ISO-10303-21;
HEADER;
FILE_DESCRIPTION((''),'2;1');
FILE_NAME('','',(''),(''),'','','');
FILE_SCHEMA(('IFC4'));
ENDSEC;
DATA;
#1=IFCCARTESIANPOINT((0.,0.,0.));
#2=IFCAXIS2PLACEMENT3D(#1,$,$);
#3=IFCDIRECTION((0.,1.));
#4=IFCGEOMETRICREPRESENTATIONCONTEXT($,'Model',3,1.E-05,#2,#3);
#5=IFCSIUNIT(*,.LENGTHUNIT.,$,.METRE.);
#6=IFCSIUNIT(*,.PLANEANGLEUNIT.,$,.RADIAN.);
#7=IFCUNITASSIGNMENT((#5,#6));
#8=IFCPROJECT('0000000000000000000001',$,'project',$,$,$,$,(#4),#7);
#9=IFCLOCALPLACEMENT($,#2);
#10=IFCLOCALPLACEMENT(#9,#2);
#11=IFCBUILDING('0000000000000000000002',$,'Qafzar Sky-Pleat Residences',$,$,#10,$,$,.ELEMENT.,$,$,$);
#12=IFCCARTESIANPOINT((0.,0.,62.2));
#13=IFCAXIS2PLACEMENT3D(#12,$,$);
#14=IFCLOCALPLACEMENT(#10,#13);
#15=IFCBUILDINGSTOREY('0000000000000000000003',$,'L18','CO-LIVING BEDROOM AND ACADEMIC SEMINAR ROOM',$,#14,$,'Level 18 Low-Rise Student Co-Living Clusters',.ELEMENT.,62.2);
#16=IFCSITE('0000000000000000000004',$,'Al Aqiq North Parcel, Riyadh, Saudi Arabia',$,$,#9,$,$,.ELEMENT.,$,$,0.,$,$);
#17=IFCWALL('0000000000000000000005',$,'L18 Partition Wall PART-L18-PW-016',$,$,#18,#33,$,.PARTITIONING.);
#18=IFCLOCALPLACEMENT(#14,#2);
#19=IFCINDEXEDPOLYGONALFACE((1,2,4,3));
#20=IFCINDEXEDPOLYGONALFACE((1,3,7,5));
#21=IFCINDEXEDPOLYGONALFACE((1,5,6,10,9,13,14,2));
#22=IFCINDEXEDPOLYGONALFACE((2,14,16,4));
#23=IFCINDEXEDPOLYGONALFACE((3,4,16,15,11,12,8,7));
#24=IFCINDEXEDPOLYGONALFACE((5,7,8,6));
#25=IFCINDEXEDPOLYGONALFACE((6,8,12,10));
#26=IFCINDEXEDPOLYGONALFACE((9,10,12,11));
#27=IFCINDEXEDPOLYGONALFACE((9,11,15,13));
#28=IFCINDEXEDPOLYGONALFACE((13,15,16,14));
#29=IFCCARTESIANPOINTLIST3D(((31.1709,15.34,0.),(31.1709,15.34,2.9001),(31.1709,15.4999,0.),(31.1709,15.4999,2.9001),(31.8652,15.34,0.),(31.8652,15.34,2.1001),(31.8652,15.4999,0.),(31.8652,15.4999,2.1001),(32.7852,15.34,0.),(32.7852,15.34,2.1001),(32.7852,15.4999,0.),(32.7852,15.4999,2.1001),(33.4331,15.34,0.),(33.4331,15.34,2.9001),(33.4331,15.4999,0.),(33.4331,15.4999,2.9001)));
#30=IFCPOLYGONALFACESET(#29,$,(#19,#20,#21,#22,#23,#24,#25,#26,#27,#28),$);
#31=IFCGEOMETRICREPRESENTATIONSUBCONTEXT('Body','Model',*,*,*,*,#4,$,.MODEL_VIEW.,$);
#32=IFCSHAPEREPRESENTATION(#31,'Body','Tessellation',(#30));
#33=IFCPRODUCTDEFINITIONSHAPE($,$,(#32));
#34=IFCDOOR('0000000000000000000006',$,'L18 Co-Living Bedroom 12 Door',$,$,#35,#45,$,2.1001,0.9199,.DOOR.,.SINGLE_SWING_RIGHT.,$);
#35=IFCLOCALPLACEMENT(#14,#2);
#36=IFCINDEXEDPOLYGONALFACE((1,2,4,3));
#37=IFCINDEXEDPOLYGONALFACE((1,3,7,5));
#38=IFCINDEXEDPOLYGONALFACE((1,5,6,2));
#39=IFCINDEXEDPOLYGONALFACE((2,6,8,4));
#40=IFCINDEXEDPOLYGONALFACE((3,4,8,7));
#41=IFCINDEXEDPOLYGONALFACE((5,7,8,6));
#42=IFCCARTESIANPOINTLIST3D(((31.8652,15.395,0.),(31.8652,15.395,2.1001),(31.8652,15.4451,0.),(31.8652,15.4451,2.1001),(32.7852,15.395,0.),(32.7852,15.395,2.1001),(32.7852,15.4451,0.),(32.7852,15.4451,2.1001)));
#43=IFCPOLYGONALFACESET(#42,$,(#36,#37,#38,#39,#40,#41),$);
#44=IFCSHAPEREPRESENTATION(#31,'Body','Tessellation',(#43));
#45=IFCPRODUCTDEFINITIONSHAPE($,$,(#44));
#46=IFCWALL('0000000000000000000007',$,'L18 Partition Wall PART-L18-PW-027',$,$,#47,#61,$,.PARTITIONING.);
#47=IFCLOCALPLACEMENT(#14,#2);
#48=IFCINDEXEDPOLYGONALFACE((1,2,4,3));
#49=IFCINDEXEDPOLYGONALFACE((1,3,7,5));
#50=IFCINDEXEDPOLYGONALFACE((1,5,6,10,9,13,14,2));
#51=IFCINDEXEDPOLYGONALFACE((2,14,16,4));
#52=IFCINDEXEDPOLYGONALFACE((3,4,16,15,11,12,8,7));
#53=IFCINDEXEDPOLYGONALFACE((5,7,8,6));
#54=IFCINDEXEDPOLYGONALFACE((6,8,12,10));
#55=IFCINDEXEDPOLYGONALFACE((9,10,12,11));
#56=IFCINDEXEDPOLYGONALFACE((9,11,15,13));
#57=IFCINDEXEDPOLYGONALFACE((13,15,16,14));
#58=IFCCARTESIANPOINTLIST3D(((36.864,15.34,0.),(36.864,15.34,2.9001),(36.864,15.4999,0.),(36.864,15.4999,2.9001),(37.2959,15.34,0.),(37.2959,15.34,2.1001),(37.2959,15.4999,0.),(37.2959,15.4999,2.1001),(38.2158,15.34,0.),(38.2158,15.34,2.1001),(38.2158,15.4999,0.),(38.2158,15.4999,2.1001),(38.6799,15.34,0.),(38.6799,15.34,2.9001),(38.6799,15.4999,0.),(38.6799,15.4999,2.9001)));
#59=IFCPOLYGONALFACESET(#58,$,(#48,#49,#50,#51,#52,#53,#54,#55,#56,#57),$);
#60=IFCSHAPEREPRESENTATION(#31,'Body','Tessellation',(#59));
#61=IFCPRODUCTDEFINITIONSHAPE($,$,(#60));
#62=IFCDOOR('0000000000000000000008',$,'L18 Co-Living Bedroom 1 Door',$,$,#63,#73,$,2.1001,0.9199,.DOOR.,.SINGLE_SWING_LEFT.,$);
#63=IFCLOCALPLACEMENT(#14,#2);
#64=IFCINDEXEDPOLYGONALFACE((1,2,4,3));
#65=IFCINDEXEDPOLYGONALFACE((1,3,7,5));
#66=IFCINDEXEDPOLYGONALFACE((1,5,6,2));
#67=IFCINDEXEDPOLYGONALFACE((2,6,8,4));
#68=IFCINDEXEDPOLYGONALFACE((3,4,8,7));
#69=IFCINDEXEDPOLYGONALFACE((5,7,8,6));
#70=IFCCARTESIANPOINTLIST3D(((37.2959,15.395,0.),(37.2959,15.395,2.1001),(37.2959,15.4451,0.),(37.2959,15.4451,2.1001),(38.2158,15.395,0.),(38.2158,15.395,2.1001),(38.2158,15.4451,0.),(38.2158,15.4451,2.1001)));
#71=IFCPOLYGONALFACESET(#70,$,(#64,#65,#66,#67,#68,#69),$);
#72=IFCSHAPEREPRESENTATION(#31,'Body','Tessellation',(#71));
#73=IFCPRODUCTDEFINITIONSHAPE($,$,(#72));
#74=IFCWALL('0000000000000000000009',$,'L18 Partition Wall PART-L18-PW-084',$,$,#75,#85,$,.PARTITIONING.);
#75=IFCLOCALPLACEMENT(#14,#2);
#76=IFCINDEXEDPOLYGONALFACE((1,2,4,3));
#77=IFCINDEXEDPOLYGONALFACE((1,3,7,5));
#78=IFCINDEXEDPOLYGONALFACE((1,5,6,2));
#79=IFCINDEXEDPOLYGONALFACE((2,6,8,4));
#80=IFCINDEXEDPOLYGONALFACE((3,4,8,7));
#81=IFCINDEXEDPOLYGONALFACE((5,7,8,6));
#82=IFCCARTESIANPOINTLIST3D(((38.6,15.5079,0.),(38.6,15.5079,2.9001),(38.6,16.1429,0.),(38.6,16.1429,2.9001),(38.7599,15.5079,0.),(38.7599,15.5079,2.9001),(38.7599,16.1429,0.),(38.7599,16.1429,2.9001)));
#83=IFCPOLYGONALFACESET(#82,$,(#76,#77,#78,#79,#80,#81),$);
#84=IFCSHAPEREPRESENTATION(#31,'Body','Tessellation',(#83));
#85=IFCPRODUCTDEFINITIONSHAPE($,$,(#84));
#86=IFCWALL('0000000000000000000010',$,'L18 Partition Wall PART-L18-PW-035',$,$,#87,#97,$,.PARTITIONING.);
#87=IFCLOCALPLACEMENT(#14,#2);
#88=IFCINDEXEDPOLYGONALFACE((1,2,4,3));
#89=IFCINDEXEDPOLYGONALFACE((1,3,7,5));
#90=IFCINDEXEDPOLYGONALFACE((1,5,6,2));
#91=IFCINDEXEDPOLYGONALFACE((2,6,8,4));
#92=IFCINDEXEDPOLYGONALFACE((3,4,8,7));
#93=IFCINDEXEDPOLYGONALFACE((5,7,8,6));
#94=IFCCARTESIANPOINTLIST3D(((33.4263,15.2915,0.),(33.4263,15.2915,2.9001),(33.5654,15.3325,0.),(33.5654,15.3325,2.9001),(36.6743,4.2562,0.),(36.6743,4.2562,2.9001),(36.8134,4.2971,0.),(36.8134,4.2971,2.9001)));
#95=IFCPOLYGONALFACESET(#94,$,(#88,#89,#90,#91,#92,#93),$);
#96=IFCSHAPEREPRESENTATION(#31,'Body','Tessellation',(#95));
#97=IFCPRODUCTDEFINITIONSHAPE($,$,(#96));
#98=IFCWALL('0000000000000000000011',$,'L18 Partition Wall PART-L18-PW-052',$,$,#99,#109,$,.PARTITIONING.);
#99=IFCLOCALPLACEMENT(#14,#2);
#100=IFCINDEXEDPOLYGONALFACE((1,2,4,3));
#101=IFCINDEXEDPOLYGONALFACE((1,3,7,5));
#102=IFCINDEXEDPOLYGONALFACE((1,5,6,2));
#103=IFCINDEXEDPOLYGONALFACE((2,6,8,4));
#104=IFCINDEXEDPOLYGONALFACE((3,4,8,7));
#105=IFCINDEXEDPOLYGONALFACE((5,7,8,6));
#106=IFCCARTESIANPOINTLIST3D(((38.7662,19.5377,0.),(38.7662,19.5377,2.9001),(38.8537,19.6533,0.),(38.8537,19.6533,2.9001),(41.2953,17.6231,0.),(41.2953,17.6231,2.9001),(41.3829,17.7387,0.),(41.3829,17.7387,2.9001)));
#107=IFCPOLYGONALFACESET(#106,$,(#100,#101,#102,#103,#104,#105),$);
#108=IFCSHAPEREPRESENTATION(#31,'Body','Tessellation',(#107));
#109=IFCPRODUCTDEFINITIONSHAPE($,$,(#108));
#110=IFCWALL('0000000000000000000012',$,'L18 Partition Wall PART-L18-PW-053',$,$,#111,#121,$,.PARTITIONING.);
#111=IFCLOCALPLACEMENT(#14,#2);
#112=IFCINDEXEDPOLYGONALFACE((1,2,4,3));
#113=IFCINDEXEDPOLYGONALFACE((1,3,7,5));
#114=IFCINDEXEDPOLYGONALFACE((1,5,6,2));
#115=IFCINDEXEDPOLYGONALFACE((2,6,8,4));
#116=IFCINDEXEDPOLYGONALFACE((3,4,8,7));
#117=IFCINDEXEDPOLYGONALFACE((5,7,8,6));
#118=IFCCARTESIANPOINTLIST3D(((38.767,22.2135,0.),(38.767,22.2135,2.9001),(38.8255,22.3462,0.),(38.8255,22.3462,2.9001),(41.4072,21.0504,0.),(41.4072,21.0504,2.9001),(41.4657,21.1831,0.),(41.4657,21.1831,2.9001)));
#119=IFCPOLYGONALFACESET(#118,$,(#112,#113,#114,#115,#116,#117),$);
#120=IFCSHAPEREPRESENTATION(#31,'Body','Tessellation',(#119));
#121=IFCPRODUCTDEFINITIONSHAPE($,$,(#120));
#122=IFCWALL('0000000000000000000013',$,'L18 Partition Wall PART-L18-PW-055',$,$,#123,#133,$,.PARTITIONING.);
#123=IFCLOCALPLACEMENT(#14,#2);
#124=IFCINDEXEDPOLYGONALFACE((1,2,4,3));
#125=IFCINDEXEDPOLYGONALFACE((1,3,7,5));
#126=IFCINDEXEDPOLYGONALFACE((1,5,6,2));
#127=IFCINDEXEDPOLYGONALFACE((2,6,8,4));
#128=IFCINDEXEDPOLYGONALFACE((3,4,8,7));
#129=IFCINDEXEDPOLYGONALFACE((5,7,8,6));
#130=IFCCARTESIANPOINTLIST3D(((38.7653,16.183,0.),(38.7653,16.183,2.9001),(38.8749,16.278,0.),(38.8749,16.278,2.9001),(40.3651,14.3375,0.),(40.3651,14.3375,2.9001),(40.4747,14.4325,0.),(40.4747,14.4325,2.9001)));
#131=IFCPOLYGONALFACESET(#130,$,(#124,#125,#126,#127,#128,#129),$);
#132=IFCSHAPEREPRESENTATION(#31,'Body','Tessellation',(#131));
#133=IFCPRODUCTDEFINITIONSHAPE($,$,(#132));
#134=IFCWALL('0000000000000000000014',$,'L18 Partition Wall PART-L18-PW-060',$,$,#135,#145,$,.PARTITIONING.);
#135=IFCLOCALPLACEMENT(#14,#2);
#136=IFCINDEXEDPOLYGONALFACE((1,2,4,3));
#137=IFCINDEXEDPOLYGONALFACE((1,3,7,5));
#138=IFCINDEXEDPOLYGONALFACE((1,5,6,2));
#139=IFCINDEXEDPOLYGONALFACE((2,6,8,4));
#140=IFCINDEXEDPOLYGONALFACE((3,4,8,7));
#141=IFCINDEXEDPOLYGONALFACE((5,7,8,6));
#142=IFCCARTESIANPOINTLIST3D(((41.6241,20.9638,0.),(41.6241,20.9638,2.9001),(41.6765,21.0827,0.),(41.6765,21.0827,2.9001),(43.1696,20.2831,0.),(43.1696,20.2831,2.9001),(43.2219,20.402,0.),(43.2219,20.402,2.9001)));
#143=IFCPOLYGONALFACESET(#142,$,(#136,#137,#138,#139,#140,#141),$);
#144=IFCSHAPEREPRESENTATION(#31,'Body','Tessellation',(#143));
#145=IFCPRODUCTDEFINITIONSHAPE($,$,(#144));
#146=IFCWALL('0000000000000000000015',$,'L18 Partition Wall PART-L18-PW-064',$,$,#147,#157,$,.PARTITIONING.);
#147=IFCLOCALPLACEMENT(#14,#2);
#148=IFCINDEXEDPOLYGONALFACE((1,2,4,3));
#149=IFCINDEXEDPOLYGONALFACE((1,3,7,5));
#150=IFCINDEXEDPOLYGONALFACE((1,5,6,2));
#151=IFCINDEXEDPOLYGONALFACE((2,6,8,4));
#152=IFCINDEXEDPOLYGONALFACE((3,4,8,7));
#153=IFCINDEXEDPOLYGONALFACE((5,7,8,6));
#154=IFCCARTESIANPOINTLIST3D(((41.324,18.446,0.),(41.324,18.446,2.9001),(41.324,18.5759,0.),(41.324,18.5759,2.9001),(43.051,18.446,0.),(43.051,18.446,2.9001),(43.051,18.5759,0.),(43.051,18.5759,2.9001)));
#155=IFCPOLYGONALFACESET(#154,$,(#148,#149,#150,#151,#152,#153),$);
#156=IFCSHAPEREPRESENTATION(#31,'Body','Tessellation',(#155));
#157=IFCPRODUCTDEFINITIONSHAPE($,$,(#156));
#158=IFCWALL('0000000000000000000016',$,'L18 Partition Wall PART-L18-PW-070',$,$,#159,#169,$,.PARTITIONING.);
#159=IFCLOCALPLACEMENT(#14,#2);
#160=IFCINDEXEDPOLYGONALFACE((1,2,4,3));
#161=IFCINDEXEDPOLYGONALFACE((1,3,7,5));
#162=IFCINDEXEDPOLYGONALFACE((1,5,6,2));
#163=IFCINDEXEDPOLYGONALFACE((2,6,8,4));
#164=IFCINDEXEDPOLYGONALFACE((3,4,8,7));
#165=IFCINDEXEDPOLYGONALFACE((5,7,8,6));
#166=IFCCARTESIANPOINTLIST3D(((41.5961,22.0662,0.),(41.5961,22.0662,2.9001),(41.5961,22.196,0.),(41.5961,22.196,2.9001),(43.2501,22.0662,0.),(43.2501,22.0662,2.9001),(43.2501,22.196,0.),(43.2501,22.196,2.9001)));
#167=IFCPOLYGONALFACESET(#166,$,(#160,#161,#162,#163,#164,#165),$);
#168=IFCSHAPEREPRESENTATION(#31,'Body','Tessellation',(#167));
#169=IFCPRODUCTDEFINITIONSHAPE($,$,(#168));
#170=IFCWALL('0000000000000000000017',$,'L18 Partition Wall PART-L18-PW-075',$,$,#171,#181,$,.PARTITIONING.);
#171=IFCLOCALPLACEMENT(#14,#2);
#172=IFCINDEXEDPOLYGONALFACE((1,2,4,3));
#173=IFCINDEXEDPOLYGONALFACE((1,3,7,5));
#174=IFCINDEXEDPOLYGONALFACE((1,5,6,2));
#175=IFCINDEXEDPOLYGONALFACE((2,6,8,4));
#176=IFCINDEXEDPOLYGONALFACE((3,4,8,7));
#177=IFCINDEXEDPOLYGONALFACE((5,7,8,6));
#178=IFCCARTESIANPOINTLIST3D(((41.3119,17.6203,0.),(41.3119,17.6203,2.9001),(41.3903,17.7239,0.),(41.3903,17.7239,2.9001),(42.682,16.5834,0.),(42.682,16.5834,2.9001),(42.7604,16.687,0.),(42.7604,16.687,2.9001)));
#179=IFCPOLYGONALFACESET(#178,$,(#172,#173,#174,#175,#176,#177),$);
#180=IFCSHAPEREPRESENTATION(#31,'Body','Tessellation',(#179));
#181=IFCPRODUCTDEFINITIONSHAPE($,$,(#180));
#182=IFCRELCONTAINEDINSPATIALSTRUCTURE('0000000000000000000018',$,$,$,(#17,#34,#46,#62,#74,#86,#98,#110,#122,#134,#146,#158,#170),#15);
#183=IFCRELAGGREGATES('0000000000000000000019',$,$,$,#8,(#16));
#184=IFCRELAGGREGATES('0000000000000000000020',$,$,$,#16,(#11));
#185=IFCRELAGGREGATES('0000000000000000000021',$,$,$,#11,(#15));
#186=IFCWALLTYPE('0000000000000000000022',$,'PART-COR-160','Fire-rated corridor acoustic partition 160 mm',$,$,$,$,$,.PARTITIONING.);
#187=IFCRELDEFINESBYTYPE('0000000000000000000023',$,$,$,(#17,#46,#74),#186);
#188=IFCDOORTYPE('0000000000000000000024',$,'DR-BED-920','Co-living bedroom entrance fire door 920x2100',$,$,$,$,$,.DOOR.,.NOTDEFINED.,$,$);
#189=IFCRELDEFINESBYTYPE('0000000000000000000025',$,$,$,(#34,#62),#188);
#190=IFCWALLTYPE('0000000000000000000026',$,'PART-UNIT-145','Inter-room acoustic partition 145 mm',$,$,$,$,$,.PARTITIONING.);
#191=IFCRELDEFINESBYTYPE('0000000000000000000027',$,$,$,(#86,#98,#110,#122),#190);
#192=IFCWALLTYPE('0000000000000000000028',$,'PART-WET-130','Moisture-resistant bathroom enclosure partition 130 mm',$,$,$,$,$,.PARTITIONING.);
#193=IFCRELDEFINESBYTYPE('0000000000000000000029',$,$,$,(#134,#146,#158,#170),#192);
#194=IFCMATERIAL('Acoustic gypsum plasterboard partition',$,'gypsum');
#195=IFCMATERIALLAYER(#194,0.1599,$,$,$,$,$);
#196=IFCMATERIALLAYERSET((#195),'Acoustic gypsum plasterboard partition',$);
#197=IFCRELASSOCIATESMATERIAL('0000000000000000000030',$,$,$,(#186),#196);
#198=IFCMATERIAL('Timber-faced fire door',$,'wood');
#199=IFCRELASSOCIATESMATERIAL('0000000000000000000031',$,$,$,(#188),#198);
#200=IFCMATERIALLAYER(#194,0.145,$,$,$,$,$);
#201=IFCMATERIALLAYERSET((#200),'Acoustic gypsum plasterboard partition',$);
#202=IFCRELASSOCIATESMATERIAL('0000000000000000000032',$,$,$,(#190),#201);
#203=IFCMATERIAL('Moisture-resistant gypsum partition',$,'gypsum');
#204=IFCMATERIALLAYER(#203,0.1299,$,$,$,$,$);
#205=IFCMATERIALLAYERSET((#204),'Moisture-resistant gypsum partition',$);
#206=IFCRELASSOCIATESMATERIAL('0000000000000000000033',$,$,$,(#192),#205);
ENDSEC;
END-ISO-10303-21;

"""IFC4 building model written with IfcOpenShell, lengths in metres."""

from ifc_helpers import new_model, si_unit, direction, frame, frame_2d, origin, place, context, subcontext, project, spatial, rectangle, extrude, source, transform, mapped, material, layer, layer_set, type_object, element, fill, save


model = new_model("IFC4")

# Units and contexts
model_context = context("Model", 3, precision=1e-05, world=origin(), true_north=direction((0.0, 1.0)))
body_context = subcontext(model_context, "Body", "Model", "MODEL_VIEW")
ifc_project = project(units=[si_unit("LENGTHUNIT", "METRE"), si_unit("PLANEANGLEUNIT", "RADIAN")], contexts=[model_context])

# Site, building, storey
site_placement = place(None, origin())
site = spatial("IfcSite", under=ifc_project, at=site_placement, Name="Al Aqiq North Parcel, Riyadh, Saudi Arabia", CompositionType="ELEMENT", RefElevation=0.0)
building_placement = place(site_placement, origin())
building = spatial("IfcBuilding", under=site, at=building_placement, Name="Qafzar Sky-Pleat Residences", CompositionType="ELEMENT")
storey_placement = place(building_placement, frame((0.0, 0.0, 62.2)))
storey = spatial("IfcBuildingStorey", under=building, at=storey_placement, Name="L18", Description="CO-LIVING BEDROOM AND ACADEMIC SEMINAR ROOM", LongName="Level 18 Low-Rise Student Co-Living Clusters", CompositionType="ELEMENT", Elevation=62.2)

# Walls, openings, doors
ifc_material_1 = material(Name="Acoustic gypsum plasterboard partition", Category="gypsum")
ifc_layer_1 = layer(ifc_material_1, 0.1599)
ifc_layer_set_1 = layer_set([ifc_layer_1], Name="Acoustic gypsum plasterboard partition")
wall_type_1 = type_object("IfcWallType", Name="PART-COR-160", Description="Fire-rated corridor acoustic partition 160 mm", PredefinedType="PARTITIONING", material=ifc_layer_set_1)
ifc_material_2 = material(Name="Timber-faced fire door", Category="wood")
door_type_1 = type_object("IfcDoorType", Name="DR-BED-920", Description="Co-living bedroom entrance fire door 920x2100", OperationType="NOTDEFINED", PredefinedType="DOOR", material=ifc_material_2)
shared_shape_1 = source(origin(), body_context, "Body", "SweptSolid", [
    extrude(rectangle(XDim=0.9199, YDim=2.1001, at=frame_2d((0.46, 1.05))), frame((0.0, 0.0249, 0.0), z_axis=(0.0, -1.0, 0.0), x_axis=(1.0, 0.0, 0.0)), (0.0, 0.0, 1.0), 0.05),
])
wall_1_placement = place(storey_placement, frame((33.4331, 15.4199, 0.0), z_axis=(0.0, 0.0, 1.0), x_axis=(-1.0, 0.0, 0.0)))
wall_1 = element("IfcWall", 1, at=wall_1_placement, inside=storey, type_object=wall_type_1, Name="L18 Partition Wall PART-L18-PW-016", PredefinedType="PARTITIONING", context=body_context, shape_type="SweptSolid", body=[
    extrude(rectangle(XDim=2.2622, YDim=0.1599, at=frame_2d((1.1311, 0.0))), origin(), (0.0, 0.0, 1.0), 2.9001),
])
opening_1_placement = place(wall_1_placement, frame((0.6479, 0.0, 0.0)))
opening_1 = element("IfcOpeningElement", 2, at=opening_1_placement, cuts=wall_1, PredefinedType="OPENING", context=body_context, shape_type="SweptSolid", body=[
    extrude(rectangle(XDim=0.9199, YDim=2.1001, at=frame_2d((0.46, 1.05))), frame((0.0, 0.0898, 0.0), z_axis=(0.0, -1.0, 0.0), x_axis=(1.0, 0.0, 0.0)), (0.0, 0.0, 1.0), 0.1799),
])
door_1_placement = place(opening_1_placement, origin())
door_1 = element("IfcDoor", 3, at=door_1_placement, inside=storey, type_object=door_type_1, Name="L18 Co-Living Bedroom 12 Door", OperationType="SINGLE_SWING_RIGHT", OverallHeight=2.1001, OverallWidth=0.9199, PredefinedType="DOOR", context=body_context, shape_type="MappedRepresentation", body=[
    mapped(shared_shape_1, transform((0.0, 0.0, 0.0), x_axis=(1.0, 0.0, 0.0), y_axis=(0.0, 1.0, 0.0), z_axis=(0.0, 0.0, 1.0), scale=1.0)),
])
fill(opening_1, door_1)
wall_2_placement = place(storey_placement, frame((38.6799, 15.4199, 0.0), z_axis=(0.0, 0.0, 1.0), x_axis=(-1.0, 0.0, 0.0)))
wall_2 = element("IfcWall", 4, at=wall_2_placement, inside=storey, type_object=wall_type_1, Name="L18 Partition Wall PART-L18-PW-027", PredefinedType="PARTITIONING", context=body_context, shape_type="SweptSolid", body=[
    extrude(rectangle(XDim=1.8159, YDim=0.1599, at=frame_2d((0.908, 0.0))), origin(), (0.0, 0.0, 1.0), 2.9001),
])
opening_2_placement = place(wall_2_placement, frame((0.4641, 0.0, 0.0)))
opening_2 = element("IfcOpeningElement", 5, at=opening_2_placement, cuts=wall_2, PredefinedType="OPENING", context=body_context, shape_type="SweptSolid", body=[
    extrude(rectangle(XDim=0.9199, YDim=2.1001, at=frame_2d((0.46, 1.05))), frame((0.0, 0.0898, 0.0), z_axis=(0.0, -1.0, 0.0), x_axis=(1.0, 0.0, 0.0)), (0.0, 0.0, 1.0), 0.1799),
])
door_2_placement = place(opening_2_placement, origin())
door_2 = element("IfcDoor", 6, at=door_2_placement, inside=storey, type_object=door_type_1, Name="L18 Co-Living Bedroom 1 Door", OperationType="SINGLE_SWING_LEFT", OverallHeight=2.1001, OverallWidth=0.9199, PredefinedType="DOOR", context=body_context, shape_type="MappedRepresentation", body=[
    mapped(shared_shape_1, transform((0.0, 0.0, 0.0), x_axis=(1.0, 0.0, 0.0), y_axis=(0.0, 1.0, 0.0), z_axis=(0.0, 0.0, 1.0), scale=1.0)),
])
fill(opening_2, door_2)

# Walls
wall_3_placement = place(storey_placement, frame((38.6799, 15.5081, 0.0), z_axis=(0.0, 0.0, 1.0), x_axis=(0.0, 1.0, 0.0)))
element("IfcWall", 7, at=wall_3_placement, inside=storey, type_object=wall_type_1, Name="L18 Partition Wall PART-L18-PW-084", PredefinedType="PARTITIONING", context=body_context, shape_type="SweptSolid", body=[
    extrude(rectangle(XDim=0.635, YDim=0.1599, at=frame_2d((0.3174, 0.0))), origin(), (0.0, 0.0, 1.0), 2.9001),
])
ifc_layer_2 = layer(ifc_material_1, 0.145)
ifc_layer_set_2 = layer_set([ifc_layer_2], Name="Acoustic gypsum plasterboard partition")
wall_type_2 = type_object("IfcWallType", Name="PART-UNIT-145", Description="Inter-room acoustic partition 145 mm", PredefinedType="PARTITIONING", material=ifc_layer_set_2)
wall_4_placement = place(storey_placement, frame((33.4958, 15.312, 0.0), z_axis=(0.0, 0.0, 1.0), x_axis=(0.282354, -0.95931, 0.0)))
element("IfcWall", 8, at=wall_4_placement, inside=storey, type_object=wall_type_2, Name="L18 Partition Wall PART-L18-PW-035", PredefinedType="PARTITIONING", context=body_context, shape_type="SweptSolid", body=[
    extrude(rectangle(XDim=11.5034, YDim=0.145, at=frame_2d((5.7517, 0.0))), origin(), (0.0, 0.0, 1.0), 2.9001),
])
wall_5_placement = place(storey_placement, frame((38.8101, 19.5955, 0.0), z_axis=(0.0, 0.0, 1.0), x_axis=(0.797304, -0.603578, 0.0)))
element("IfcWall", 9, at=wall_5_placement, inside=storey, type_object=wall_type_2, Name="L18 Partition Wall PART-L18-PW-052", PredefinedType="PARTITIONING", context=body_context, shape_type="SweptSolid", body=[
    extrude(rectangle(XDim=3.1721, YDim=0.145, at=frame_2d((1.5859, 0.0))), origin(), (0.0, 0.0, 1.0), 2.9001),
])
wall_6_placement = place(storey_placement, frame((38.7964, 22.2798, 0.0), z_axis=(0.0, 0.0, 1.0), x_axis=(0.915133, -0.403153, 0.0)))
element("IfcWall", 10, at=wall_6_placement, inside=storey, type_object=wall_type_2, Name="L18 Partition Wall PART-L18-PW-053", PredefinedType="PARTITIONING", context=body_context, shape_type="SweptSolid", body=[
    extrude(rectangle(XDim=2.885, YDim=0.145, at=frame_2d((1.4424, 0.0))), origin(), (0.0, 0.0, 1.0), 2.9001),
])
wall_7_placement = place(storey_placement, frame((38.8201, 16.2305, 0.0), z_axis=(0.0, 0.0, 1.0), x_axis=(0.655037, -0.755597, 0.0)))
element("IfcWall", 11, at=wall_7_placement, inside=storey, type_object=wall_type_2, Name="L18 Partition Wall PART-L18-PW-055", PredefinedType="PARTITIONING", context=body_context, shape_type="SweptSolid", body=[
    extrude(rectangle(XDim=2.4424, YDim=0.145, at=frame_2d((1.2212, 0.0))), origin(), (0.0, 0.0, 1.0), 2.9001),
])
ifc_material_3 = material(Name="Moisture-resistant gypsum partition", Category="gypsum")
ifc_layer_3 = layer(ifc_material_3, 0.1299)
ifc_layer_set_3 = layer_set([ifc_layer_3], Name="Moisture-resistant gypsum partition")
wall_type_3 = type_object("IfcWallType", Name="PART-WET-130", Description="Moisture-resistant bathroom enclosure partition 130 mm", PredefinedType="PARTITIONING", material=ifc_layer_set_3)
wall_8_placement = place(storey_placement, frame((41.6504, 21.0232, 0.0), z_axis=(0.0, 0.0, 1.0), x_axis=(0.915166, -0.403078, 0.0)))
element("IfcWall", 12, at=wall_8_placement, inside=storey, type_object=wall_type_3, Name="L18 Partition Wall PART-L18-PW-060", PredefinedType="PARTITIONING", context=body_context, shape_type="SweptSolid", body=[
    extrude(rectangle(XDim=1.6887, YDim=0.1299, at=frame_2d((0.8442, 0.0))), origin(), (0.0, 0.0, 1.0), 2.9001),
])
wall_9_placement = place(storey_placement, frame((41.324, 18.511, 0.0), z_axis=(0.0, 0.0, 1.0), x_axis=(1.0, 0.0, 0.0)))
element("IfcWall", 13, at=wall_9_placement, inside=storey, type_object=wall_type_3, Name="L18 Partition Wall PART-L18-PW-064", PredefinedType="PARTITIONING", context=body_context, shape_type="SweptSolid", body=[
    extrude(rectangle(XDim=1.7271, YDim=0.1299, at=frame_2d((0.8635, 0.0))), origin(), (0.0, 0.0, 1.0), 2.9001),
])
wall_10_placement = place(storey_placement, frame((41.5959, 22.1311, 0.0), z_axis=(0.0, 0.0, 1.0), x_axis=(1.0, 0.0, 0.0)))
element("IfcWall", 14, at=wall_10_placement, inside=storey, type_object=wall_type_3, Name="L18 Partition Wall PART-L18-PW-070", PredefinedType="PARTITIONING", context=body_context, shape_type="SweptSolid", body=[
    extrude(rectangle(XDim=1.6541, YDim=0.1299, at=frame_2d((0.8271, 0.0))), origin(), (0.0, 0.0, 1.0), 2.9001),
])
wall_11_placement = place(storey_placement, frame((41.3511, 17.6721, 0.0), z_axis=(0.0, 0.0, 1.0), x_axis=(0.797401, -0.60345, 0.0)))
element("IfcWall", 15, at=wall_11_placement, inside=storey, type_object=wall_type_3, Name="L18 Partition Wall PART-L18-PW-075", PredefinedType="PARTITIONING", context=body_context, shape_type="SweptSolid", body=[
    extrude(rectangle(XDim=1.7183, YDim=0.1299, at=frame_2d((0.8591, 0.0))), origin(), (0.0, 0.0, 1.0), 2.9001),
])

save(model, "model.ifc")
